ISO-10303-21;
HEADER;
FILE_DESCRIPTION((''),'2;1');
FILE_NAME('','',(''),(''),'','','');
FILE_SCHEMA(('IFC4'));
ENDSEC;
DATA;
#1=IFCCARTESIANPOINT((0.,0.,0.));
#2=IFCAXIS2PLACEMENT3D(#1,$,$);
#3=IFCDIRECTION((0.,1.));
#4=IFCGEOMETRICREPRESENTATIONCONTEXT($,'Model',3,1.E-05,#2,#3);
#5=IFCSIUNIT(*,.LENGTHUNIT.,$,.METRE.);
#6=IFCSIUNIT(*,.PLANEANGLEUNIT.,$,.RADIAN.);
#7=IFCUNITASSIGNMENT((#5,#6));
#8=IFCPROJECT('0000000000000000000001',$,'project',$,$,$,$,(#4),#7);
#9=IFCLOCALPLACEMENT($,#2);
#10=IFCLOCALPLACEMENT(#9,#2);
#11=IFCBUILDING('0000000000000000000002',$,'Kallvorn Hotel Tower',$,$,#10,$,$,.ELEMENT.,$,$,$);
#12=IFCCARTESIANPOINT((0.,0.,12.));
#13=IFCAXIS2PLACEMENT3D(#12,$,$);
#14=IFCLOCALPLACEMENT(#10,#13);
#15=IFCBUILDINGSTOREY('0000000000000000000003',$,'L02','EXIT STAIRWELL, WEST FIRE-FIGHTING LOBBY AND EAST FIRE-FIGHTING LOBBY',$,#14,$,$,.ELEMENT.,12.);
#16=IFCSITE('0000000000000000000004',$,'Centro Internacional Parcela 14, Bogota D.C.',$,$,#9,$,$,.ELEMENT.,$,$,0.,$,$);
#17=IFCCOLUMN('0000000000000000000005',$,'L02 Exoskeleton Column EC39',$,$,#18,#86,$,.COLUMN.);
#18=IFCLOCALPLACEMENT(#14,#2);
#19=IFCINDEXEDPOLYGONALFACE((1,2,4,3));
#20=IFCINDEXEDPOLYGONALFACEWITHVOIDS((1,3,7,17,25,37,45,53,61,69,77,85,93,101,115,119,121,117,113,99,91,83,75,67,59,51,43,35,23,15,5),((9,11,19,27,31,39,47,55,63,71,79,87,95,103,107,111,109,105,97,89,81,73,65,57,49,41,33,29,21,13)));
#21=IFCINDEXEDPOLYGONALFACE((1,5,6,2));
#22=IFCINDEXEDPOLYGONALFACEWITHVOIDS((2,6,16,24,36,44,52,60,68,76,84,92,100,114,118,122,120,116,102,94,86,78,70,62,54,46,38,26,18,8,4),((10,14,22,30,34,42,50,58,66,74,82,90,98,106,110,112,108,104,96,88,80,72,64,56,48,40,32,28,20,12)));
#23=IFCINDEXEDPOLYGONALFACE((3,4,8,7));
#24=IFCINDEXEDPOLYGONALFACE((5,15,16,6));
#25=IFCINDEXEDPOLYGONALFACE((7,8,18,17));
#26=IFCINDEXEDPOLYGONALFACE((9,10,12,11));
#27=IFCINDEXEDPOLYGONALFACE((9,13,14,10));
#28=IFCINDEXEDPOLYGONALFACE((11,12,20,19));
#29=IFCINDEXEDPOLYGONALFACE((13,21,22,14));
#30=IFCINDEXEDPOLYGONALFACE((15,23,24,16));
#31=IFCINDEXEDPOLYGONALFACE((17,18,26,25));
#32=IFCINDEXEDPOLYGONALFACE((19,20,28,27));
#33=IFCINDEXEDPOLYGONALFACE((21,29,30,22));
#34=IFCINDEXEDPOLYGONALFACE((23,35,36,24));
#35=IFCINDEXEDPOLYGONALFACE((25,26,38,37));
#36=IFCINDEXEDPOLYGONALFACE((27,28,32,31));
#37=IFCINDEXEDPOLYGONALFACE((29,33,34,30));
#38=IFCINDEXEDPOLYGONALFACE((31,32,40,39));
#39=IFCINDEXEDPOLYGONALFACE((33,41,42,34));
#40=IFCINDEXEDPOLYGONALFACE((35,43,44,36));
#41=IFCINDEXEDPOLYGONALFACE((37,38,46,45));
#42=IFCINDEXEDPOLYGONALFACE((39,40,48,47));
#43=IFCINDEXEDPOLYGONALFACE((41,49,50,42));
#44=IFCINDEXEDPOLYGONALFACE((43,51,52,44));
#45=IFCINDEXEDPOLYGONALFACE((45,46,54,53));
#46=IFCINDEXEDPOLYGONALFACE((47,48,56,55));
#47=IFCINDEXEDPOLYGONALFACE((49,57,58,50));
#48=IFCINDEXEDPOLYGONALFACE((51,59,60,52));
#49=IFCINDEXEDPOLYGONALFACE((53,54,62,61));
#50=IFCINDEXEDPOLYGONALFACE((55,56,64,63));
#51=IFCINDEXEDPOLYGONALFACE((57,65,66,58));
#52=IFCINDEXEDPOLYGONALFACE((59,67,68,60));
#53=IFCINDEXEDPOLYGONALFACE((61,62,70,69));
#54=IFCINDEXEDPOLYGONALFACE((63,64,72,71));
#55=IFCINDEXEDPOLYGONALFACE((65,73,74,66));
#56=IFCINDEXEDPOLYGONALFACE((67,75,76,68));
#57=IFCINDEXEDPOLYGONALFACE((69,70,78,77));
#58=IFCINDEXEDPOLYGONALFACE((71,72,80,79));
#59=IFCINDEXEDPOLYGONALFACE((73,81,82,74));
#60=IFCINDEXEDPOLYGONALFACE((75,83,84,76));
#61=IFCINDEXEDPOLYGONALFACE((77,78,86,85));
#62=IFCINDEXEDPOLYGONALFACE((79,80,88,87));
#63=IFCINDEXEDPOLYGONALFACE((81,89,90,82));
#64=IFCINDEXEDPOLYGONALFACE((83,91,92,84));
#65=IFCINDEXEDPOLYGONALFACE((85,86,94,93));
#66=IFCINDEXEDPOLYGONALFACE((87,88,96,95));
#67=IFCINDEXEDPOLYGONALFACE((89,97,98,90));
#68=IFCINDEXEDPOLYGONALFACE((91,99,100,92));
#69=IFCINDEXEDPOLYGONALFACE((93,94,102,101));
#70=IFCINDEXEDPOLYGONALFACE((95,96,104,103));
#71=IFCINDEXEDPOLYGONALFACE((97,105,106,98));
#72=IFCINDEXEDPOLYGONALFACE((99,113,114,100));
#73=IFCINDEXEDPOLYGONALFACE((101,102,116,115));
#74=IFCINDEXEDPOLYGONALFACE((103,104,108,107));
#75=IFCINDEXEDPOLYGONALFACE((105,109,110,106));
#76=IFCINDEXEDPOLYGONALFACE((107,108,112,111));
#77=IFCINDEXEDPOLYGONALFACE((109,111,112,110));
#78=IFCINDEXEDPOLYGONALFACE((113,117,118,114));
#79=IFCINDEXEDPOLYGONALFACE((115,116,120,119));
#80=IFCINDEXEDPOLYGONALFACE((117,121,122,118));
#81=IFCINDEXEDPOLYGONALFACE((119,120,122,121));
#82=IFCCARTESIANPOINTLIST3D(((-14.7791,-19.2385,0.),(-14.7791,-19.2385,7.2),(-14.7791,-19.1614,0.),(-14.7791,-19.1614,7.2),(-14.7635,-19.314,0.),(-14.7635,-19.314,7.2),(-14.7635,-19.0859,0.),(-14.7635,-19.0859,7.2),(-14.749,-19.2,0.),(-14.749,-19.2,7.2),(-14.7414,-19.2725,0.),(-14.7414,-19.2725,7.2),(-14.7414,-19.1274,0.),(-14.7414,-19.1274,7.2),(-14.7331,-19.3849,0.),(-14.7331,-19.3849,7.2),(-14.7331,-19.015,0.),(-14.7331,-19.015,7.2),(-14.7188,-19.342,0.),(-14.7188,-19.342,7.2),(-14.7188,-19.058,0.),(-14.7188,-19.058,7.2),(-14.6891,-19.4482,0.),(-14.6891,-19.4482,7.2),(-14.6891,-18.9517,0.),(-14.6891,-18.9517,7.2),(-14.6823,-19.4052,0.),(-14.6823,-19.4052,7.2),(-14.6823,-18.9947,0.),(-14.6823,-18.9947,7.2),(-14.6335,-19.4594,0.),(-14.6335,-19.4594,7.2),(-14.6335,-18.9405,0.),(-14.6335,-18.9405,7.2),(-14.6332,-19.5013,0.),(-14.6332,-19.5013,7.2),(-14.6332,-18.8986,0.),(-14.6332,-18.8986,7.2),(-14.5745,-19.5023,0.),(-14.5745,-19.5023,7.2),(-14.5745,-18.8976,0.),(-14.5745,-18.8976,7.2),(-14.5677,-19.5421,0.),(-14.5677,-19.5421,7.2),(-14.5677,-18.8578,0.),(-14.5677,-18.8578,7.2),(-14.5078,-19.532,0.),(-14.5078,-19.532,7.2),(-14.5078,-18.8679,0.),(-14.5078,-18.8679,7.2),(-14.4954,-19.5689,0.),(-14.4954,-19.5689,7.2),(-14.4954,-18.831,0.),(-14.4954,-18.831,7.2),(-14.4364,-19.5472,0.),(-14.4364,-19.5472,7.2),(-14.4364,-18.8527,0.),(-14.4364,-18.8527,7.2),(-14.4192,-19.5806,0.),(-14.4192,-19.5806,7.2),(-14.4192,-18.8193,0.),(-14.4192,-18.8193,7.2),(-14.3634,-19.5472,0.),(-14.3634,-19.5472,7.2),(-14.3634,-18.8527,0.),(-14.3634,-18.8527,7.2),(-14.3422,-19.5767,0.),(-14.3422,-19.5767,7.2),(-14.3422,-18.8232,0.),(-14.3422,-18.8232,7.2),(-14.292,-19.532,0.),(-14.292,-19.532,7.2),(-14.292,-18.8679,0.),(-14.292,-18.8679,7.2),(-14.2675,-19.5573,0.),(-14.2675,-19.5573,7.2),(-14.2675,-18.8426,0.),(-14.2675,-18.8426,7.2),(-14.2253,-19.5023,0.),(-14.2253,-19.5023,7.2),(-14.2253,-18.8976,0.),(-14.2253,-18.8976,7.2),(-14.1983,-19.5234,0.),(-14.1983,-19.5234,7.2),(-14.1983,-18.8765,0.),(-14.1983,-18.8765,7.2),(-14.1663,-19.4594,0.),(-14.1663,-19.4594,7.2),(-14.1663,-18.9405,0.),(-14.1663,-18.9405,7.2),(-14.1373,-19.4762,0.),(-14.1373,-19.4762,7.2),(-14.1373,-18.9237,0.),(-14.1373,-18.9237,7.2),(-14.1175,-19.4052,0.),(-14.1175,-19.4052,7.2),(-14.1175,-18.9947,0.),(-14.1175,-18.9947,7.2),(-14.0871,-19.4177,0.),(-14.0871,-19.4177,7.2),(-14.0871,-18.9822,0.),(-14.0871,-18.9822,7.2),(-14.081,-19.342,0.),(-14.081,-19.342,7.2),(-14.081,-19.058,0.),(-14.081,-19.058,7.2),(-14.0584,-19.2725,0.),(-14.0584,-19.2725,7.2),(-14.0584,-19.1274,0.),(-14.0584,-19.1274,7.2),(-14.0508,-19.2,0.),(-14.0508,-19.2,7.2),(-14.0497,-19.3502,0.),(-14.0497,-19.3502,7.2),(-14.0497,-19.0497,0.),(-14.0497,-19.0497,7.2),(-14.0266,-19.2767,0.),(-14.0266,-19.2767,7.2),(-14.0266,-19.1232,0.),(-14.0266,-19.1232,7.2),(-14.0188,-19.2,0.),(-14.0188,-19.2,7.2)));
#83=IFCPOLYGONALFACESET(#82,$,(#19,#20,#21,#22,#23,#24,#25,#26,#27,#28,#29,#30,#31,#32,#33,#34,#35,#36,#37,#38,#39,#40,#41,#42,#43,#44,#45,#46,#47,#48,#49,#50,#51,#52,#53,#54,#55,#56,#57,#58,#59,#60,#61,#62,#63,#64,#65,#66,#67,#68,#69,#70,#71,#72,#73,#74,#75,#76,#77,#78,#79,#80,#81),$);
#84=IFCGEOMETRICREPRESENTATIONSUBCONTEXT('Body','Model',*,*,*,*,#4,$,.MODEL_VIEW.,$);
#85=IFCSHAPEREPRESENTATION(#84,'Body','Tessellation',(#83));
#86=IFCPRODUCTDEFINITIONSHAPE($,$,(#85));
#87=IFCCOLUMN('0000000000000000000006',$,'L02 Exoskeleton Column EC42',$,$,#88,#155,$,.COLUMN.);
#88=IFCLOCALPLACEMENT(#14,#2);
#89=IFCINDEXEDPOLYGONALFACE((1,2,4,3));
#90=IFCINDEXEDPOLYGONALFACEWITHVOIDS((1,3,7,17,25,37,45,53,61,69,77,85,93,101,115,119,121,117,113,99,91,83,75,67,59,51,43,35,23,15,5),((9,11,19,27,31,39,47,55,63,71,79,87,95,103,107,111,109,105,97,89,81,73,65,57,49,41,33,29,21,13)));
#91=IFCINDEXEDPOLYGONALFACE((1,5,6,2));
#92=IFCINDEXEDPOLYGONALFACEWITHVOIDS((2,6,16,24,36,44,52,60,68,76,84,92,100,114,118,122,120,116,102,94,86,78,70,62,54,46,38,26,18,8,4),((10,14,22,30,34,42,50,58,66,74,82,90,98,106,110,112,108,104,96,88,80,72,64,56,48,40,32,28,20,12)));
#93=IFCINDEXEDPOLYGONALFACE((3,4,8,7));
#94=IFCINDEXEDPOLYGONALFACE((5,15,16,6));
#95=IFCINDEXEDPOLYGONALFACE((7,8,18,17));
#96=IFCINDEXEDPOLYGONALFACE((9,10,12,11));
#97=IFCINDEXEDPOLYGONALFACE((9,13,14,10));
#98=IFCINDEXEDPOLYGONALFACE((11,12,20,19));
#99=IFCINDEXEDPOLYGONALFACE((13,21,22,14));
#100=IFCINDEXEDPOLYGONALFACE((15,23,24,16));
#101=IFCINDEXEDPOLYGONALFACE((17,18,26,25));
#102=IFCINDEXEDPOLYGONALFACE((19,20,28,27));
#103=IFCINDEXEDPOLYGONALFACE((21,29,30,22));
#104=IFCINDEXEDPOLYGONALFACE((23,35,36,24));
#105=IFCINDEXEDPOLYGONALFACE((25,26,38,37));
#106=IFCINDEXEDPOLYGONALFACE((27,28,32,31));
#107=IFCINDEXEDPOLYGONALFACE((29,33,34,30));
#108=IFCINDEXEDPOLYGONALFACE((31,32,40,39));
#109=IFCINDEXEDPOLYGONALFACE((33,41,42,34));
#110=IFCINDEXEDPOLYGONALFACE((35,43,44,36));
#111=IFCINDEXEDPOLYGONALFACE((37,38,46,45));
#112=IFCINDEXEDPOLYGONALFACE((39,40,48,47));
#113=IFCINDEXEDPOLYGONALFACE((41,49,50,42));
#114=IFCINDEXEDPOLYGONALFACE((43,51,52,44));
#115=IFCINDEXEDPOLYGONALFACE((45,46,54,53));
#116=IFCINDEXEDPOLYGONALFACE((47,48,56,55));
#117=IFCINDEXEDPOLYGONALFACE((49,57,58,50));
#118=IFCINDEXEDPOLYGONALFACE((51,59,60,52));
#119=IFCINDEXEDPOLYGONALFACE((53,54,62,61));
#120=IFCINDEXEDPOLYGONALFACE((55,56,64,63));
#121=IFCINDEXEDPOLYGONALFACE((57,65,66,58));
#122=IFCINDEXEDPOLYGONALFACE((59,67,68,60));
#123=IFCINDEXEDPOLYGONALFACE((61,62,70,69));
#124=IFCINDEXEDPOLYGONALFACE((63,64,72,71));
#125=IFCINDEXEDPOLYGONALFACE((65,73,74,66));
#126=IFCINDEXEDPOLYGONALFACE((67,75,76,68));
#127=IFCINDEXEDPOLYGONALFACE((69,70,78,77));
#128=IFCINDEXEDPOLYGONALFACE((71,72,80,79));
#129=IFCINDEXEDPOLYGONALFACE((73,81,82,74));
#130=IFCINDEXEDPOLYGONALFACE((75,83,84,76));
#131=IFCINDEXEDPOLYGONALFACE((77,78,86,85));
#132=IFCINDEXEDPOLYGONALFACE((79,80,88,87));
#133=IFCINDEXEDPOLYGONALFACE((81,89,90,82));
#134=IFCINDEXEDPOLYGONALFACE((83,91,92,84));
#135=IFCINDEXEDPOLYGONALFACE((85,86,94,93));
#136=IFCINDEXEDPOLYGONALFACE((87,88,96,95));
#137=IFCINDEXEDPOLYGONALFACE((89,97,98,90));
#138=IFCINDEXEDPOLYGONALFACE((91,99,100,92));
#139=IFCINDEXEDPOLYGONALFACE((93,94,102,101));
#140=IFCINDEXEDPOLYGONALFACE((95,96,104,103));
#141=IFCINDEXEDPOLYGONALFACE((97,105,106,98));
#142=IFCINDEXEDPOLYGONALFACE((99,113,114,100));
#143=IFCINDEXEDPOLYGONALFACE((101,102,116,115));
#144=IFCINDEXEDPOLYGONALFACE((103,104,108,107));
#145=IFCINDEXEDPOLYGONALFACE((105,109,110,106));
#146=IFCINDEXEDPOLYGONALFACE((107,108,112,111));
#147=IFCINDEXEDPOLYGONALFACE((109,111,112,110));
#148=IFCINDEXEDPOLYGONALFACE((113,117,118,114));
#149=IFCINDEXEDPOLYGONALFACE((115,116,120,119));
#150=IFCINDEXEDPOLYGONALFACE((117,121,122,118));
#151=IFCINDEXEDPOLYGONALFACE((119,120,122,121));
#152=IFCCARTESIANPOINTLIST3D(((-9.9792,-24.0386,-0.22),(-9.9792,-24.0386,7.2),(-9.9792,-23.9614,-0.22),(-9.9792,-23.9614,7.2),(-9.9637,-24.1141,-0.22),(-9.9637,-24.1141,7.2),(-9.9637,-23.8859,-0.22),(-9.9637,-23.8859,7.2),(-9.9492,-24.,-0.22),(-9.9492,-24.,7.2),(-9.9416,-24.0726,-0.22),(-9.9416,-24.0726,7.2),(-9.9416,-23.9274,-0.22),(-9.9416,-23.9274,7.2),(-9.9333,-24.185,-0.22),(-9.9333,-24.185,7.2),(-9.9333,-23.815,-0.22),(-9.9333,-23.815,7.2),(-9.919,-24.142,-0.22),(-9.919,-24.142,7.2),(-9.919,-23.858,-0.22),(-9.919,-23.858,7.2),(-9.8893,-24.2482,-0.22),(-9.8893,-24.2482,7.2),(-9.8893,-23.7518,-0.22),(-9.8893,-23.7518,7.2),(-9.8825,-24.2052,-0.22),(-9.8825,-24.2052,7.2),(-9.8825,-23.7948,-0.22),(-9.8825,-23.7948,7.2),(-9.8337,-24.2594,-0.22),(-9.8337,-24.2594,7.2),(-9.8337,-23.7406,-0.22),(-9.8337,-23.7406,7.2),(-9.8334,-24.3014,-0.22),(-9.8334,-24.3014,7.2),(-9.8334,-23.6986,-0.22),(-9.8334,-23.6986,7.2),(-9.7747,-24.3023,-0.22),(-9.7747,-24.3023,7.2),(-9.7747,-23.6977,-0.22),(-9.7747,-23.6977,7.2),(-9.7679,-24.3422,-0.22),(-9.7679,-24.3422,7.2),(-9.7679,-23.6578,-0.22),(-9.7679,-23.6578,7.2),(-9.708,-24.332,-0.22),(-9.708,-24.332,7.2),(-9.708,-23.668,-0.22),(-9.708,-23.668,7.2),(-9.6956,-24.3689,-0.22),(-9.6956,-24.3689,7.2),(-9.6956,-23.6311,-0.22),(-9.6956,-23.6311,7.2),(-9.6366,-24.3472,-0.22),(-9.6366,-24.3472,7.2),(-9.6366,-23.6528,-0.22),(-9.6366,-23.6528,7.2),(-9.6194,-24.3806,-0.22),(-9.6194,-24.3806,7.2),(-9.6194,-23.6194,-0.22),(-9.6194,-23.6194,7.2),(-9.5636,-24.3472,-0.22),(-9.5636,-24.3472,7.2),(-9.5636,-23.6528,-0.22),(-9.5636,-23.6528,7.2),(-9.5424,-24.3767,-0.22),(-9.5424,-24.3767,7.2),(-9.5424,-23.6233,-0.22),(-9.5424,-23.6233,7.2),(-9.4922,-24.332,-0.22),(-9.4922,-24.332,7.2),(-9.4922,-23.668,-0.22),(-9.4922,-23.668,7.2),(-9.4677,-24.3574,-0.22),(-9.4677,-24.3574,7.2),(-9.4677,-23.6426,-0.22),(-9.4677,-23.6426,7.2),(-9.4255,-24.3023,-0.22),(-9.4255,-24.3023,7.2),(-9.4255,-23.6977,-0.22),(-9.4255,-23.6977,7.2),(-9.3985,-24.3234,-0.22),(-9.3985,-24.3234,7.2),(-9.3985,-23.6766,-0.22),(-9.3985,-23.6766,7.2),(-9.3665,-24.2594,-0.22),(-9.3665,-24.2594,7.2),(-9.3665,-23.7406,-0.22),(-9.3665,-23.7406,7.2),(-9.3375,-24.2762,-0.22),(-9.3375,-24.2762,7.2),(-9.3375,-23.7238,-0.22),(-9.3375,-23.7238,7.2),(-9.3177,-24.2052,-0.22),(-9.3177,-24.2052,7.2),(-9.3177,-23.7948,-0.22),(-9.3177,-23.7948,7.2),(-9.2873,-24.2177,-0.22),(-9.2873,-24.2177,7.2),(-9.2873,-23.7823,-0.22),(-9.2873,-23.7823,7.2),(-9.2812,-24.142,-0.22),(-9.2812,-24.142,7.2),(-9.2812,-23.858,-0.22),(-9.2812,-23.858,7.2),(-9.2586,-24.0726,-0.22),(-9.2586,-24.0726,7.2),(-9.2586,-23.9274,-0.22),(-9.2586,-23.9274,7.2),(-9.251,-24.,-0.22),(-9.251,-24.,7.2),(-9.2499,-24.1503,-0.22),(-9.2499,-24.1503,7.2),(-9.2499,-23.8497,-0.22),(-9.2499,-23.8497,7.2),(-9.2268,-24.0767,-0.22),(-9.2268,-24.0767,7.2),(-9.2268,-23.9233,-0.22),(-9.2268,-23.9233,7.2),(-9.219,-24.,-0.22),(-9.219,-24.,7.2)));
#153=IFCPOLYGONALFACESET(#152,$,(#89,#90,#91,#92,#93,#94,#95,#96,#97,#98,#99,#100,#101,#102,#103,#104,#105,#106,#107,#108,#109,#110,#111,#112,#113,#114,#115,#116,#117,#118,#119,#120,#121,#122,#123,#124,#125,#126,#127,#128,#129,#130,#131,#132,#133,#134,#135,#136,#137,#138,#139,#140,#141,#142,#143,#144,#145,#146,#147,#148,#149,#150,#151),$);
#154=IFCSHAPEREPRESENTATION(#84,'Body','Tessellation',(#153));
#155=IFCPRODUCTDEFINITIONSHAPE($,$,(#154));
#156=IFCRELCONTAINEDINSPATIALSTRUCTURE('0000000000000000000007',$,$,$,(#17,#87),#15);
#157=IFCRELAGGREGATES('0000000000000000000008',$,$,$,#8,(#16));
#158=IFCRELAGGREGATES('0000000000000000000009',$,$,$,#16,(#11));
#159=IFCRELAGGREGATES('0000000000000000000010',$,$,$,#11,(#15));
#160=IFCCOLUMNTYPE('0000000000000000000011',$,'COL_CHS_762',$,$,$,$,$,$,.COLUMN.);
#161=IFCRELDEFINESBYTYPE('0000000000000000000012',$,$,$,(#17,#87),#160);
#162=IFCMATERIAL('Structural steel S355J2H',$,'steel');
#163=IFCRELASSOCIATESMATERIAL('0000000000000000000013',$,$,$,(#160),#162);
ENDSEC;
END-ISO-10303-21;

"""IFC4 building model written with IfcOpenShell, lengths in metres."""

from ifc_helpers import new_model, si_unit, direction, frame, origin, origin_2d, place, context, subcontext, project, spatial, hollow_circle, extrude, material, material_profile, profile_set, type_object, element, save


model = new_model("IFC4")

# Units and contexts
model_context = context("Model", 3, precision=1e-05, world=origin(), true_north=direction((0.0, 1.0)))
body_context = subcontext(model_context, "Body", "Model", "MODEL_VIEW")
ifc_project = project(units=[si_unit("LENGTHUNIT", "METRE"), si_unit("PLANEANGLEUNIT", "RADIAN")], contexts=[model_context])

# Site, building, storey
site_placement = place(None, origin())
site = spatial("IfcSite", under=ifc_project, at=site_placement, Name="Centro Internacional Parcela 14, Bogota D.C.", CompositionType="ELEMENT", RefElevation=0.0)
building_placement = place(site_placement, origin())
building = spatial("IfcBuilding", under=site, at=building_placement, Name="Kallvorn Hotel Tower", CompositionType="ELEMENT")
storey_placement = place(building_placement, frame((0.0, 0.0, 12.0)))
storey = spatial("IfcBuildingStorey", under=building, at=storey_placement, Name="L02", Description="EXIT STAIRWELL, WEST FIRE-FIGHTING LOBBY AND EAST FIRE-FIGHTING LOBBY", CompositionType="ELEMENT", Elevation=12.0)

# Columns
ifc_material_1 = material(Name="Structural steel S355J2H", Category="steel")
ifc_material_profile_1 = material_profile(ifc_material_1, hollow_circle(Radius=0.3811, WallThickness=0.032, at=origin_2d()), Name="CHS 762x32")
ifc_profile_set_1 = profile_set([ifc_material_profile_1], Name="Structural steel S355J2H")
column_type_1 = type_object("IfcColumnType", Name="COL_CHS_762", PredefinedType="COLUMN", material=ifc_profile_set_1)
column_1_placement = place(storey_placement, frame((-14.3999, -19.2, 0.0), z_axis=(0.0, 0.0, 1.0), x_axis=(1.0, 0.0, 0.0)))
element("IfcColumn", 1, at=column_1_placement, inside=storey, type_object=column_type_1, Name="L02 Exoskeleton Column EC39", PredefinedType="COLUMN", context=body_context, shape_type="SweptSolid", body=[
    extrude(hollow_circle(Radius=0.3811, WallThickness=0.032, at=origin_2d()), origin(), (0.0, 0.0, 1.0), 7.2),
])
column_2_placement = place(storey_placement, frame((-9.6001, -24.0, -0.22), z_axis=(0.0, 0.0, 1.0), x_axis=(1.0, 0.0, 0.0)))
element("IfcColumn", 2, at=column_2_placement, inside=storey, type_object=column_type_1, Name="L02 Exoskeleton Column EC42", PredefinedType="COLUMN", context=body_context, shape_type="SweptSolid", body=[
    extrude(hollow_circle(Radius=0.3811, WallThickness=0.032, at=origin_2d()), origin(), (0.0, 0.0, 1.0), 7.4199),
])

save(model, "model.ifc")
